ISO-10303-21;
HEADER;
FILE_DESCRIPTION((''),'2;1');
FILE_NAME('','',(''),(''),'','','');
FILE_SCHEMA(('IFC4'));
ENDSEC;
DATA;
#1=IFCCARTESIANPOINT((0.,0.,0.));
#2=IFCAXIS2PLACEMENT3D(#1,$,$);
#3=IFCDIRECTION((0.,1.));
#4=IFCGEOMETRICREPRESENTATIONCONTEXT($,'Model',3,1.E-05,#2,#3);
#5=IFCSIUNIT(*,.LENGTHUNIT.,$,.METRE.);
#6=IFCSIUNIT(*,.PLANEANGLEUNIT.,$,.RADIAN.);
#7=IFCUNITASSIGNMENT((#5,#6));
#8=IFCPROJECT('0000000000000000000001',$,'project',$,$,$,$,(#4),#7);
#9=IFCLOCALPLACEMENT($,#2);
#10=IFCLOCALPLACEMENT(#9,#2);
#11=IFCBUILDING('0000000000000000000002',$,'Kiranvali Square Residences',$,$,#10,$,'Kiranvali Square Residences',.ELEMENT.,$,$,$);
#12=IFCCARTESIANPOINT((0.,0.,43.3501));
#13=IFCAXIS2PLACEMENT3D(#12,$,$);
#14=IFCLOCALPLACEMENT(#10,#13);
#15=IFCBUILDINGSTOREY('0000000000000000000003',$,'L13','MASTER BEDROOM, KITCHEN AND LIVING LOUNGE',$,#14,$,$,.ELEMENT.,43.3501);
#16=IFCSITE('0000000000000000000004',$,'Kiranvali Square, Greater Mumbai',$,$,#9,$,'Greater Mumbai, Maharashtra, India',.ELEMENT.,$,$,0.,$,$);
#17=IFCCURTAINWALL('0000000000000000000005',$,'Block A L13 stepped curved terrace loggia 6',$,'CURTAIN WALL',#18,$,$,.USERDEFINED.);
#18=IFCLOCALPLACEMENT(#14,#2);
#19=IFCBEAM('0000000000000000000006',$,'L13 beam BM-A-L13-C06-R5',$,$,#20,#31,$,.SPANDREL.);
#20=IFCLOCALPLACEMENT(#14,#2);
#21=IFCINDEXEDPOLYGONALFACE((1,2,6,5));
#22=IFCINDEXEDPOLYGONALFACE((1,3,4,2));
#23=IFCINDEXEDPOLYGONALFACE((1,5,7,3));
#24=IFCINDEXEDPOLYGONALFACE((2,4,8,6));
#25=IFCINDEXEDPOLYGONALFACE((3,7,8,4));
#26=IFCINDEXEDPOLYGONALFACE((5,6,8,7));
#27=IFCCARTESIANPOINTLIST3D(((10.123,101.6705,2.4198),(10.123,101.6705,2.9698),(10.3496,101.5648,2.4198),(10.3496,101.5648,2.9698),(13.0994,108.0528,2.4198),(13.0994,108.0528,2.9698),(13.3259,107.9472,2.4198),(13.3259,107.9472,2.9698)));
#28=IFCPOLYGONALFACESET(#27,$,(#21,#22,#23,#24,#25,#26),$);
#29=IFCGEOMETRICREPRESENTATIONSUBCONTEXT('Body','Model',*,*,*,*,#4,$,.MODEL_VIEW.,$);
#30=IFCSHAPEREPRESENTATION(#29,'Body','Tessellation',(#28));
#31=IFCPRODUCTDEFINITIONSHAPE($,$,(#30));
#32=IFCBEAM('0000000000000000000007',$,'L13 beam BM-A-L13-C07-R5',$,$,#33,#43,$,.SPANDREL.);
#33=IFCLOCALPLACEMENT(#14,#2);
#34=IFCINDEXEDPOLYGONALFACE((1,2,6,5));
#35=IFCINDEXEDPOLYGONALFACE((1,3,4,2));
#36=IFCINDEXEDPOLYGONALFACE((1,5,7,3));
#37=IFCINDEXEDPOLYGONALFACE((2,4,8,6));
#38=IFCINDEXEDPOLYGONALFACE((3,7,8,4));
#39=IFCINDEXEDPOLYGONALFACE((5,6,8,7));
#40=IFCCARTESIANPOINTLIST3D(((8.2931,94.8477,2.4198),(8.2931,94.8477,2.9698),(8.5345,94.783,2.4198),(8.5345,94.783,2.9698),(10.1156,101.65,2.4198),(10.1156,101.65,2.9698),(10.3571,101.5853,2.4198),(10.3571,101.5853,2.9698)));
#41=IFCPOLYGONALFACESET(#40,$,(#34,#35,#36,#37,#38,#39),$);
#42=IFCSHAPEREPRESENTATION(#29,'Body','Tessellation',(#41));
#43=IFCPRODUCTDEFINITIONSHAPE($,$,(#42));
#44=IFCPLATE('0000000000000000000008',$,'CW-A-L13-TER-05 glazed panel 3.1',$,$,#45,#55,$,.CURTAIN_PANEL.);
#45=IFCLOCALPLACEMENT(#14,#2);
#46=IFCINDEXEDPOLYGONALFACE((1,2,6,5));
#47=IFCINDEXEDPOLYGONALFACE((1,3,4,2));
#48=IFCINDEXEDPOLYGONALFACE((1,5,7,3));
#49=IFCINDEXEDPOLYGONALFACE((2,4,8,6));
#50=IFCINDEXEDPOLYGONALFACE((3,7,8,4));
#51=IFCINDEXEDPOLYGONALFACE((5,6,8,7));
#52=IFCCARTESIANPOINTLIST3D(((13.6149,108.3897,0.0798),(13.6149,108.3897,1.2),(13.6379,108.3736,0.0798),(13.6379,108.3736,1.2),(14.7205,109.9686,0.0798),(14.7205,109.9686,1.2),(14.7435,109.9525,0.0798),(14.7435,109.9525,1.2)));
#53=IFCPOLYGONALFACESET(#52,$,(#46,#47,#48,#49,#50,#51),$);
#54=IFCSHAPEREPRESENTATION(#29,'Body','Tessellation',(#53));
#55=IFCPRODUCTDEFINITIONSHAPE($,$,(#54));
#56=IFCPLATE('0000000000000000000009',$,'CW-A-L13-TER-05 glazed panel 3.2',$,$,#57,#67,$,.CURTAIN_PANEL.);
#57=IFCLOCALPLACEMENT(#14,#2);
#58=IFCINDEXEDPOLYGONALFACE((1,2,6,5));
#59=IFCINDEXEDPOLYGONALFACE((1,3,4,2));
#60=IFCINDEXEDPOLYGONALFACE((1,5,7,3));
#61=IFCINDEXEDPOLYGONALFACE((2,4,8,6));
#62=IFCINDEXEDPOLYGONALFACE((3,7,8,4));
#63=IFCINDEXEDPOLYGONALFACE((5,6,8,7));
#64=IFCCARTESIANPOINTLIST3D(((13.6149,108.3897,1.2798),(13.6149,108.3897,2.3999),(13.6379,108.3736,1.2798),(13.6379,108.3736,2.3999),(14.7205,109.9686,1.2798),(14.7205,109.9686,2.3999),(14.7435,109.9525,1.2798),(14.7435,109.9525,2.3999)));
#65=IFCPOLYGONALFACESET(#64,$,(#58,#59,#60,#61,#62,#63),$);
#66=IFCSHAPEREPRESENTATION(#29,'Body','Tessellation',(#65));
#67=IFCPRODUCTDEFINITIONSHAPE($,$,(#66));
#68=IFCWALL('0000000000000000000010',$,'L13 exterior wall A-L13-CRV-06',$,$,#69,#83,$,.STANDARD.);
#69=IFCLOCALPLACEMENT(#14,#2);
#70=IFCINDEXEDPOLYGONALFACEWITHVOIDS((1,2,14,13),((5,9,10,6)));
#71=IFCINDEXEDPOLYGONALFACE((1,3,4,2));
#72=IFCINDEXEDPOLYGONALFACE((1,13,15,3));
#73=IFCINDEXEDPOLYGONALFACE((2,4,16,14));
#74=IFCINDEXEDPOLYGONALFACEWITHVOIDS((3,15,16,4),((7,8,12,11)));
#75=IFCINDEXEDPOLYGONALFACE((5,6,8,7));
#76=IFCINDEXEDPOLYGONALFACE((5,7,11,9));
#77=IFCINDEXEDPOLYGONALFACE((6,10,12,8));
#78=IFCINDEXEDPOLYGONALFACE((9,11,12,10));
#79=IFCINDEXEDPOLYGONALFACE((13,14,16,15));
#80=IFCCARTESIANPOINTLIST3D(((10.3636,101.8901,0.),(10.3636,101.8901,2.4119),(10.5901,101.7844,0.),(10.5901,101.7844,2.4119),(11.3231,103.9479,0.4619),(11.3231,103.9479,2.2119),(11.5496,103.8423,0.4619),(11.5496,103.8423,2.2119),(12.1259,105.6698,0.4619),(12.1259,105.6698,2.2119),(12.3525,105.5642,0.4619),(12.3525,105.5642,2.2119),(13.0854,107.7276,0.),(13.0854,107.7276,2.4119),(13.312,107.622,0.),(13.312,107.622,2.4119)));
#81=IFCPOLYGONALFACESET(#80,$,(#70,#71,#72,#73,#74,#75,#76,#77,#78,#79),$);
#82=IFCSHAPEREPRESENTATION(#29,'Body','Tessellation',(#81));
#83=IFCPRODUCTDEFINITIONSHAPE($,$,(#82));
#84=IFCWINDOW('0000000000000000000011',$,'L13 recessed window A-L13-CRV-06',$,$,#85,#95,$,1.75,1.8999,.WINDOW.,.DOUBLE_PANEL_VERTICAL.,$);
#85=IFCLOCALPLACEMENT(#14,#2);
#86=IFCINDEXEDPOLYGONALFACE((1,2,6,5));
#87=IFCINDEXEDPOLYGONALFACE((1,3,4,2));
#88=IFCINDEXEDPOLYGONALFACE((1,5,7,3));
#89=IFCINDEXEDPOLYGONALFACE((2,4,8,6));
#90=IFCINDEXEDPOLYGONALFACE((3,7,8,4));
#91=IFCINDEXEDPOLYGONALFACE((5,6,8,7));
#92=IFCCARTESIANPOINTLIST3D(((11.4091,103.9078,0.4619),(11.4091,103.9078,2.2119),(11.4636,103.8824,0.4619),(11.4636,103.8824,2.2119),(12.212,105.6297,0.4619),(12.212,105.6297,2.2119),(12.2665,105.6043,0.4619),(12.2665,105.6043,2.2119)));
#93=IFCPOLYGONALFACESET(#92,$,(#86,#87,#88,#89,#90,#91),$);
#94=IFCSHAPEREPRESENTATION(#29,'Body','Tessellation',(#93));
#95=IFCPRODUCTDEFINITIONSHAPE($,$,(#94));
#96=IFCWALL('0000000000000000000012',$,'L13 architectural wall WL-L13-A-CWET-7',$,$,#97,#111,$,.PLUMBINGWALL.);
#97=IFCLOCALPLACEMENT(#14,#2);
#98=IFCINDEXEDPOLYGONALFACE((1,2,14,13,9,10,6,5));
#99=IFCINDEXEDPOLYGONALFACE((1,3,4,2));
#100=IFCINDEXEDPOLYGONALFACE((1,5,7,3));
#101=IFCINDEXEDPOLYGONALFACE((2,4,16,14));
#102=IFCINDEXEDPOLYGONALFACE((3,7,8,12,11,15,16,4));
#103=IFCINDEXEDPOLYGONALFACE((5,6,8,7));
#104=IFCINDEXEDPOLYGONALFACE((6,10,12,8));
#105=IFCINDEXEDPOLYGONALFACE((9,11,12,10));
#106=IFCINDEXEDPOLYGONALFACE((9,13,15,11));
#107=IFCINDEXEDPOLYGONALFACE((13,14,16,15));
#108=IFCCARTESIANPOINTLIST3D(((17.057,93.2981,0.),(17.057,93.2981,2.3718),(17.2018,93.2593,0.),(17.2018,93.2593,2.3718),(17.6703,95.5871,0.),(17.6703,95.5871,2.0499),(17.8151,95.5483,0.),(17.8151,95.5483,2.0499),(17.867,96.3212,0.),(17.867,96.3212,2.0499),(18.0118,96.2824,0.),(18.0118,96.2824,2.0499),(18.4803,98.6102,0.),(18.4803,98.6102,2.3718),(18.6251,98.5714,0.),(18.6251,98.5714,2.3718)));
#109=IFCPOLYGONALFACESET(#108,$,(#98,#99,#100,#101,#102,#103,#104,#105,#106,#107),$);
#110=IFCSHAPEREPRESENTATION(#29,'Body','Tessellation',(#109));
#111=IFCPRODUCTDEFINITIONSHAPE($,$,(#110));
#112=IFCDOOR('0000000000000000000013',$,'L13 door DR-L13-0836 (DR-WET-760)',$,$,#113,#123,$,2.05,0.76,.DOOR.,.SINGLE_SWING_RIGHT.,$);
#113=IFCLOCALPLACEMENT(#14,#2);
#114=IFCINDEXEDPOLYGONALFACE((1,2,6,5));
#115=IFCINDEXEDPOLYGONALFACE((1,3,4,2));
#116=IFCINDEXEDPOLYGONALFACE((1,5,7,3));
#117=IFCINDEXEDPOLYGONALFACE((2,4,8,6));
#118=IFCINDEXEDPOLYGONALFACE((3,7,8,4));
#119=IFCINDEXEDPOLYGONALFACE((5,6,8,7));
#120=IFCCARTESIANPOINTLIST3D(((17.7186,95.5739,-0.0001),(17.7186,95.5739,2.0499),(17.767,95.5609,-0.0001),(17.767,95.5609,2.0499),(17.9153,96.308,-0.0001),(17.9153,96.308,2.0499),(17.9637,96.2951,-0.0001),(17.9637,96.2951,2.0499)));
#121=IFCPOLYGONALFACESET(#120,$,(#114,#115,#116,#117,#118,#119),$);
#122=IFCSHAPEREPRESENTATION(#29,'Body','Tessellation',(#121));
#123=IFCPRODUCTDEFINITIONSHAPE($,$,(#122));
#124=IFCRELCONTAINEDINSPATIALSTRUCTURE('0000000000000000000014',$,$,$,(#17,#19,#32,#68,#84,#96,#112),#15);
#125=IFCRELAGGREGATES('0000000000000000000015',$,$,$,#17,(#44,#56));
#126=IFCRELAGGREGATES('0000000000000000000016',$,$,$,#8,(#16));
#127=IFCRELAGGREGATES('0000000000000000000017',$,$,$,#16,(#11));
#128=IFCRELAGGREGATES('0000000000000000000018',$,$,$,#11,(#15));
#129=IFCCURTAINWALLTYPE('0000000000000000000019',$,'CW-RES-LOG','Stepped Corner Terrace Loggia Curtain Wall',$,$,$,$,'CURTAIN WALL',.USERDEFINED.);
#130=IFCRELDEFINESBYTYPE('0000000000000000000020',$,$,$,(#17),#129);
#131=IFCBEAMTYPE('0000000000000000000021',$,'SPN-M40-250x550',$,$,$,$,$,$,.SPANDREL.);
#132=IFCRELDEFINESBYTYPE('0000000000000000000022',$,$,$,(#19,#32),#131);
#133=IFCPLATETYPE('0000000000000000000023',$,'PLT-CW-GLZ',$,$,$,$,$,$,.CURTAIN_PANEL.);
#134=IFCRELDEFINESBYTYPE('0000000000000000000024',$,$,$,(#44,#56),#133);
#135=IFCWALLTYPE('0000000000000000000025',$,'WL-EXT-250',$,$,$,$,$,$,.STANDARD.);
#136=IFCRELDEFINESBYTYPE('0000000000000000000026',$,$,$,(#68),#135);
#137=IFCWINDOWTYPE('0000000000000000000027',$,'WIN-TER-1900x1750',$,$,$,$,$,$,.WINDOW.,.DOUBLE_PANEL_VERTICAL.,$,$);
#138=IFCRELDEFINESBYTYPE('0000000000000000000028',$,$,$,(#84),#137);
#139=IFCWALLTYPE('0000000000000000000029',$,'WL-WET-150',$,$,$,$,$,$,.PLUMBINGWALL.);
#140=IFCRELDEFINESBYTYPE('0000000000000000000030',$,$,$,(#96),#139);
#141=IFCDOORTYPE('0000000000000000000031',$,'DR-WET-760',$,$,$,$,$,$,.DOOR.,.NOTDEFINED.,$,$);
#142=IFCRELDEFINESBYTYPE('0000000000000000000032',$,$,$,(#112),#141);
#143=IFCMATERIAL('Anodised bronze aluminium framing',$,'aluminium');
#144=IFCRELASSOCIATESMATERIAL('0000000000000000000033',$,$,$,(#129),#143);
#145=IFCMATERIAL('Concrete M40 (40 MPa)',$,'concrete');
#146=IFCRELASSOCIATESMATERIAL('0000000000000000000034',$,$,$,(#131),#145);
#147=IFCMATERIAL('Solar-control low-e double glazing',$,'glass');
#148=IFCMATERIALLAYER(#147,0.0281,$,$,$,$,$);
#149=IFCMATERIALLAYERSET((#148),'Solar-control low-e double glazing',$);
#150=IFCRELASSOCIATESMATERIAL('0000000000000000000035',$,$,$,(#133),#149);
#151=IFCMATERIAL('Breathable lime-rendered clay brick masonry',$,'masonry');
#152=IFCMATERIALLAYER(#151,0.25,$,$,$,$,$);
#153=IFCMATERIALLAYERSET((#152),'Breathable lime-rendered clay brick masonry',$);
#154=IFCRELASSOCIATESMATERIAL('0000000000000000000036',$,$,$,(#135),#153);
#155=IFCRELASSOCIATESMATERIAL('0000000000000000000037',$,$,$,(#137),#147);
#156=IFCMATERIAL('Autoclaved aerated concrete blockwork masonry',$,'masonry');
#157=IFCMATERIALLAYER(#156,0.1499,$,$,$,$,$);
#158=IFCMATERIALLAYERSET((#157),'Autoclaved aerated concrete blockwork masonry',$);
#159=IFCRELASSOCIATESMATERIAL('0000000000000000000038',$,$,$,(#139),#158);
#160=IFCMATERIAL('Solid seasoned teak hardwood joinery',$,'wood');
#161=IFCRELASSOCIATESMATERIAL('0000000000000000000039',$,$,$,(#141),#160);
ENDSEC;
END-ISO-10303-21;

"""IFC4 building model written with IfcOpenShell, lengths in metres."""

from ifc_helpers import new_model, si_unit, direction, frame, frame_2d, origin, origin_2d, place, context, subcontext, project, spatial, rectangle, extrude, material, layer, layer_set, material_profile, profile_set, type_object, element, fill, aggregate, save


model = new_model("IFC4")

# Units and contexts
model_context = context("Model", 3, precision=1e-05, world=origin(), true_north=direction((0.0, 1.0)))
body_context = subcontext(model_context, "Body", "Model", "MODEL_VIEW")
ifc_project = project(units=[si_unit("LENGTHUNIT", "METRE"), si_unit("PLANEANGLEUNIT", "RADIAN")], contexts=[model_context])

# Site, building, storey
site_placement = place(None, origin())
site = spatial("IfcSite", under=ifc_project, at=site_placement, Name="Kiranvali Square, Greater Mumbai", LongName="Greater Mumbai, Maharashtra, India", CompositionType="ELEMENT", RefElevation=0.0)
building_placement = place(site_placement, origin())
building = spatial("IfcBuilding", under=site, at=building_placement, Name="Kiranvali Square Residences", LongName="Kiranvali Square Residences", CompositionType="ELEMENT")
storey_placement = place(building_placement, frame((0.0, 0.0, 43.3501)))
storey = spatial("IfcBuildingStorey", under=building, at=storey_placement, Name="L13", Description="MASTER BEDROOM, KITCHEN AND LIVING LOUNGE", CompositionType="ELEMENT", Elevation=43.3501)

# Shared definitions
ifc_material_1 = material(Name="Concrete M40 (40 MPa)", Category="concrete")

# Curtain wall
ifc_material_2 = material(Name="Anodised bronze aluminium framing", Category="aluminium")
curtain_wall_type = type_object("IfcCurtainWallType", Name="CW-RES-LOG", Description="Stepped Corner Terrace Loggia Curtain Wall", ElementType="CURTAIN WALL", PredefinedType="USERDEFINED", material=ifc_material_2)
curtain_wall_placement = place(storey_placement, origin())
curtain_wall = element("IfcCurtainWall", 1, at=curtain_wall_placement, inside=storey, type_object=curtain_wall_type, Name="Block A L13 stepped curved terrace loggia 6", ObjectType="CURTAIN WALL", PredefinedType="USERDEFINED")

# Beams
ifc_material_profile_1 = material_profile(ifc_material_1, rectangle(XDim=0.25, YDim=0.55, at=origin_2d()), Name="RC 250x550")
ifc_profile_set_1 = profile_set([ifc_material_profile_1], Name="Concrete M40 (40 MPa)")
beam_type_1 = type_object("IfcBeamType", Name="SPN-M40-250x550", PredefinedType="SPANDREL", material=ifc_profile_set_1)
for number, where, z_axis, x_axis, name in (
    (2, (13.2126, 108.0, 2.6948), (-0.422641, -0.906297, 0.0), (0.906297, -0.422641, 0.0), "L13 beam BM-A-L13-C06-R5"),
    (3, (10.2363, 101.6177, 2.6948), (-0.2588, -0.965931, 0.0), (0.965931, -0.2588, 0.0), "L13 beam BM-A-L13-C07-R5"),
):
    element("IfcBeam", number, at=place(storey_placement, frame(where, z_axis=z_axis, x_axis=x_axis)), inside=storey, type_object=beam_type_1, Name=name, PredefinedType="SPANDREL", context=body_context, shape_type="SweptSolid", body=[
        extrude(rectangle(XDim=0.25, YDim=0.55, at=origin_2d()), origin(), (0.0, 0.0, 1.0), 7.0422),
    ])

# Plates
ifc_material_3 = material(Name="Solar-control low-e double glazing", Category="glass")
ifc_layer_1 = layer(ifc_material_3, 0.0281)
ifc_layer_set_1 = layer_set([ifc_layer_1], Name="Solar-control low-e double glazing")
plate_type = type_object("IfcPlateType", Name="PLT-CW-GLZ", PredefinedType="CURTAIN_PANEL", material=ifc_layer_set_1)
plate_1_placement = place(storey_placement, frame((14.1792, 109.1711, 0.0798), z_axis=(0.0, 0.0, 1.0), x_axis=(-0.573576, -0.819152, 0.0)))
plate_1 = element("IfcPlate", 4, at=plate_1_placement, type_object=plate_type, Name="CW-A-L13-TER-05 glazed panel 3.1", PredefinedType="CURTAIN_PANEL", context=body_context, shape_type="SweptSolid", body=[
    extrude(rectangle(XDim=1.9275, YDim=0.0281, at=origin_2d()), origin(), (0.0, 0.0, 1.0), 1.1201),
])
plate_2_placement = place(storey_placement, frame((14.1792, 109.1711, 1.2798), z_axis=(0.0, 0.0, 1.0), x_axis=(-0.573576, -0.819152, 0.0)))
plate_2 = element("IfcPlate", 5, at=plate_2_placement, type_object=plate_type, Name="CW-A-L13-TER-05 glazed panel 3.2", PredefinedType="CURTAIN_PANEL", context=body_context, shape_type="SweptSolid", body=[
    extrude(rectangle(XDim=1.9275, YDim=0.0281, at=origin_2d()), origin(), (0.0, 0.0, 1.0), 1.1201),
])
aggregate(curtain_wall, [plate_1, plate_2])

# Wall, opening, window
ifc_material_4 = material(Name="Breathable lime-rendered clay brick masonry", Category="masonry")
ifc_layer_2 = layer(ifc_material_4, 0.25)
ifc_layer_set_2 = layer_set([ifc_layer_2], Name="Breathable lime-rendered clay brick masonry")
wall_type_1 = type_object("IfcWallType", Name="WL-EXT-250", PredefinedType="STANDARD", material=ifc_layer_set_2)
wall_1_placement = place(storey_placement, frame((13.1987, 107.6748, 0.0), z_axis=(0.0, 0.0, 1.0), x_axis=(-0.422591, -0.906321, 0.0)))
wall_1 = element("IfcWall", 6, at=wall_1_placement, inside=storey, type_object=wall_type_1, Name="L13 exterior wall A-L13-CRV-06", PredefinedType="STANDARD", context=body_context, shape_type="SweptSolid", body=[
    extrude(rectangle(XDim=6.4409, YDim=0.25, at=frame_2d((3.2205, 0.0))), origin(), (0.0, 0.0, 1.0), 2.4119),
])
opening_1_placement = place(wall_1_placement, frame((2.2705, 0.0, 0.4619)))
opening_1 = element("IfcOpeningElement", 7, at=opening_1_placement, cuts=wall_1, PredefinedType="OPENING", context=body_context, shape_type="SweptSolid", body=[
    extrude(rectangle(XDim=1.8999, YDim=1.75, at=frame_2d((0.95, 0.875))), frame((0.0, 0.135, 0.0), z_axis=(0.0, -1.0, 0.0), x_axis=(1.0, 0.0, 0.0)), (0.0, 0.0, 1.0), 0.27),
])
window_type_1 = type_object("IfcWindowType", Name="WIN-TER-1900x1750", PartitioningType="DOUBLE_PANEL_VERTICAL", PredefinedType="WINDOW", material=ifc_material_3)
window_1_placement = place(opening_1_placement, origin())
window_1 = element("IfcWindow", 8, at=window_1_placement, inside=storey, type_object=window_type_1, Name="L13 recessed window A-L13-CRV-06", OverallHeight=1.75, OverallWidth=1.8999, PartitioningType="DOUBLE_PANEL_VERTICAL", PredefinedType="WINDOW", context=body_context, shape_type="SweptSolid", body=[
    extrude(rectangle(XDim=1.8999, YDim=1.75, at=frame_2d((0.95, 0.875))), frame((0.0, 0.03, 0.0), z_axis=(0.0, -1.0, 0.0), x_axis=(1.0, 0.0, 0.0)), (0.0, 0.0, 1.0), 0.0601),
])
fill(opening_1, window_1)

# Wall, opening, door
ifc_material_5 = material(Name="Autoclaved aerated concrete blockwork masonry", Category="masonry")
ifc_layer_3 = layer(ifc_material_5, 0.1499)
ifc_layer_set_3 = layer_set([ifc_layer_3], Name="Autoclaved aerated concrete blockwork masonry")
wall_type_2 = type_object("IfcWallType", Name="WL-WET-150", PredefinedType="PLUMBINGWALL", material=ifc_layer_set_3)
wall_2_placement = place(storey_placement, frame((18.5527, 98.5908, 0.0), z_axis=(0.0, 0.0, 1.0), x_axis=(-0.258806, -0.965929, 0.0)))
wall_2 = element("IfcWall", 9, at=wall_2_placement, inside=storey, type_object=wall_type_2, Name="L13 architectural wall WL-L13-A-CWET-7", PredefinedType="PLUMBINGWALL", context=body_context, shape_type="SweptSolid", body=[
    extrude(rectangle(XDim=5.4995, YDim=0.1499, at=frame_2d((2.7498, 0.0))), origin(), (0.0, 0.0, 1.0), 2.3718),
])
opening_2_placement = place(wall_2_placement, frame((2.3699, 0.0, 0.0)))
opening_2 = element("IfcOpeningElement", 10, at=opening_2_placement, cuts=wall_2, PredefinedType="OPENING", context=body_context, shape_type="SweptSolid", body=[
    extrude(rectangle(XDim=0.76, YDim=2.05, at=frame_2d((0.3799, 1.0249))), frame((0.0, 0.085, 0.0), z_axis=(0.0, -1.0, 0.0), x_axis=(1.0, 0.0, 0.0)), (0.0, 0.0, 1.0), 0.1699),
])
ifc_material_6 = material(Name="Solid seasoned teak hardwood joinery", Category="wood")
door_type_1 = type_object("IfcDoorType", Name="DR-WET-760", OperationType="NOTDEFINED", PredefinedType="DOOR", material=ifc_material_6)
door_1_placement = place(opening_2_placement, frame((0.76, 0.0, 0.0), z_axis=(0.0, 0.0, 1.0), x_axis=(-1.0, 0.0, 0.0)))
door_1 = element("IfcDoor", 11, at=door_1_placement, inside=storey, type_object=door_type_1, Name="L13 door DR-L13-0836 (DR-WET-760)", OperationType="SINGLE_SWING_RIGHT", OverallHeight=2.05, OverallWidth=0.76, PredefinedType="DOOR", context=body_context, shape_type="SweptSolid", body=[
    extrude(rectangle(XDim=0.76, YDim=2.05, at=frame_2d((0.3799, 1.0249))), frame((0.0, 0.0249, 0.0), z_axis=(0.0, -1.0, 0.0), x_axis=(1.0, 0.0, 0.0)), (0.0, 0.0, 1.0), 0.05),
])
fill(opening_2, door_1)

save(model, "model.ifc")
